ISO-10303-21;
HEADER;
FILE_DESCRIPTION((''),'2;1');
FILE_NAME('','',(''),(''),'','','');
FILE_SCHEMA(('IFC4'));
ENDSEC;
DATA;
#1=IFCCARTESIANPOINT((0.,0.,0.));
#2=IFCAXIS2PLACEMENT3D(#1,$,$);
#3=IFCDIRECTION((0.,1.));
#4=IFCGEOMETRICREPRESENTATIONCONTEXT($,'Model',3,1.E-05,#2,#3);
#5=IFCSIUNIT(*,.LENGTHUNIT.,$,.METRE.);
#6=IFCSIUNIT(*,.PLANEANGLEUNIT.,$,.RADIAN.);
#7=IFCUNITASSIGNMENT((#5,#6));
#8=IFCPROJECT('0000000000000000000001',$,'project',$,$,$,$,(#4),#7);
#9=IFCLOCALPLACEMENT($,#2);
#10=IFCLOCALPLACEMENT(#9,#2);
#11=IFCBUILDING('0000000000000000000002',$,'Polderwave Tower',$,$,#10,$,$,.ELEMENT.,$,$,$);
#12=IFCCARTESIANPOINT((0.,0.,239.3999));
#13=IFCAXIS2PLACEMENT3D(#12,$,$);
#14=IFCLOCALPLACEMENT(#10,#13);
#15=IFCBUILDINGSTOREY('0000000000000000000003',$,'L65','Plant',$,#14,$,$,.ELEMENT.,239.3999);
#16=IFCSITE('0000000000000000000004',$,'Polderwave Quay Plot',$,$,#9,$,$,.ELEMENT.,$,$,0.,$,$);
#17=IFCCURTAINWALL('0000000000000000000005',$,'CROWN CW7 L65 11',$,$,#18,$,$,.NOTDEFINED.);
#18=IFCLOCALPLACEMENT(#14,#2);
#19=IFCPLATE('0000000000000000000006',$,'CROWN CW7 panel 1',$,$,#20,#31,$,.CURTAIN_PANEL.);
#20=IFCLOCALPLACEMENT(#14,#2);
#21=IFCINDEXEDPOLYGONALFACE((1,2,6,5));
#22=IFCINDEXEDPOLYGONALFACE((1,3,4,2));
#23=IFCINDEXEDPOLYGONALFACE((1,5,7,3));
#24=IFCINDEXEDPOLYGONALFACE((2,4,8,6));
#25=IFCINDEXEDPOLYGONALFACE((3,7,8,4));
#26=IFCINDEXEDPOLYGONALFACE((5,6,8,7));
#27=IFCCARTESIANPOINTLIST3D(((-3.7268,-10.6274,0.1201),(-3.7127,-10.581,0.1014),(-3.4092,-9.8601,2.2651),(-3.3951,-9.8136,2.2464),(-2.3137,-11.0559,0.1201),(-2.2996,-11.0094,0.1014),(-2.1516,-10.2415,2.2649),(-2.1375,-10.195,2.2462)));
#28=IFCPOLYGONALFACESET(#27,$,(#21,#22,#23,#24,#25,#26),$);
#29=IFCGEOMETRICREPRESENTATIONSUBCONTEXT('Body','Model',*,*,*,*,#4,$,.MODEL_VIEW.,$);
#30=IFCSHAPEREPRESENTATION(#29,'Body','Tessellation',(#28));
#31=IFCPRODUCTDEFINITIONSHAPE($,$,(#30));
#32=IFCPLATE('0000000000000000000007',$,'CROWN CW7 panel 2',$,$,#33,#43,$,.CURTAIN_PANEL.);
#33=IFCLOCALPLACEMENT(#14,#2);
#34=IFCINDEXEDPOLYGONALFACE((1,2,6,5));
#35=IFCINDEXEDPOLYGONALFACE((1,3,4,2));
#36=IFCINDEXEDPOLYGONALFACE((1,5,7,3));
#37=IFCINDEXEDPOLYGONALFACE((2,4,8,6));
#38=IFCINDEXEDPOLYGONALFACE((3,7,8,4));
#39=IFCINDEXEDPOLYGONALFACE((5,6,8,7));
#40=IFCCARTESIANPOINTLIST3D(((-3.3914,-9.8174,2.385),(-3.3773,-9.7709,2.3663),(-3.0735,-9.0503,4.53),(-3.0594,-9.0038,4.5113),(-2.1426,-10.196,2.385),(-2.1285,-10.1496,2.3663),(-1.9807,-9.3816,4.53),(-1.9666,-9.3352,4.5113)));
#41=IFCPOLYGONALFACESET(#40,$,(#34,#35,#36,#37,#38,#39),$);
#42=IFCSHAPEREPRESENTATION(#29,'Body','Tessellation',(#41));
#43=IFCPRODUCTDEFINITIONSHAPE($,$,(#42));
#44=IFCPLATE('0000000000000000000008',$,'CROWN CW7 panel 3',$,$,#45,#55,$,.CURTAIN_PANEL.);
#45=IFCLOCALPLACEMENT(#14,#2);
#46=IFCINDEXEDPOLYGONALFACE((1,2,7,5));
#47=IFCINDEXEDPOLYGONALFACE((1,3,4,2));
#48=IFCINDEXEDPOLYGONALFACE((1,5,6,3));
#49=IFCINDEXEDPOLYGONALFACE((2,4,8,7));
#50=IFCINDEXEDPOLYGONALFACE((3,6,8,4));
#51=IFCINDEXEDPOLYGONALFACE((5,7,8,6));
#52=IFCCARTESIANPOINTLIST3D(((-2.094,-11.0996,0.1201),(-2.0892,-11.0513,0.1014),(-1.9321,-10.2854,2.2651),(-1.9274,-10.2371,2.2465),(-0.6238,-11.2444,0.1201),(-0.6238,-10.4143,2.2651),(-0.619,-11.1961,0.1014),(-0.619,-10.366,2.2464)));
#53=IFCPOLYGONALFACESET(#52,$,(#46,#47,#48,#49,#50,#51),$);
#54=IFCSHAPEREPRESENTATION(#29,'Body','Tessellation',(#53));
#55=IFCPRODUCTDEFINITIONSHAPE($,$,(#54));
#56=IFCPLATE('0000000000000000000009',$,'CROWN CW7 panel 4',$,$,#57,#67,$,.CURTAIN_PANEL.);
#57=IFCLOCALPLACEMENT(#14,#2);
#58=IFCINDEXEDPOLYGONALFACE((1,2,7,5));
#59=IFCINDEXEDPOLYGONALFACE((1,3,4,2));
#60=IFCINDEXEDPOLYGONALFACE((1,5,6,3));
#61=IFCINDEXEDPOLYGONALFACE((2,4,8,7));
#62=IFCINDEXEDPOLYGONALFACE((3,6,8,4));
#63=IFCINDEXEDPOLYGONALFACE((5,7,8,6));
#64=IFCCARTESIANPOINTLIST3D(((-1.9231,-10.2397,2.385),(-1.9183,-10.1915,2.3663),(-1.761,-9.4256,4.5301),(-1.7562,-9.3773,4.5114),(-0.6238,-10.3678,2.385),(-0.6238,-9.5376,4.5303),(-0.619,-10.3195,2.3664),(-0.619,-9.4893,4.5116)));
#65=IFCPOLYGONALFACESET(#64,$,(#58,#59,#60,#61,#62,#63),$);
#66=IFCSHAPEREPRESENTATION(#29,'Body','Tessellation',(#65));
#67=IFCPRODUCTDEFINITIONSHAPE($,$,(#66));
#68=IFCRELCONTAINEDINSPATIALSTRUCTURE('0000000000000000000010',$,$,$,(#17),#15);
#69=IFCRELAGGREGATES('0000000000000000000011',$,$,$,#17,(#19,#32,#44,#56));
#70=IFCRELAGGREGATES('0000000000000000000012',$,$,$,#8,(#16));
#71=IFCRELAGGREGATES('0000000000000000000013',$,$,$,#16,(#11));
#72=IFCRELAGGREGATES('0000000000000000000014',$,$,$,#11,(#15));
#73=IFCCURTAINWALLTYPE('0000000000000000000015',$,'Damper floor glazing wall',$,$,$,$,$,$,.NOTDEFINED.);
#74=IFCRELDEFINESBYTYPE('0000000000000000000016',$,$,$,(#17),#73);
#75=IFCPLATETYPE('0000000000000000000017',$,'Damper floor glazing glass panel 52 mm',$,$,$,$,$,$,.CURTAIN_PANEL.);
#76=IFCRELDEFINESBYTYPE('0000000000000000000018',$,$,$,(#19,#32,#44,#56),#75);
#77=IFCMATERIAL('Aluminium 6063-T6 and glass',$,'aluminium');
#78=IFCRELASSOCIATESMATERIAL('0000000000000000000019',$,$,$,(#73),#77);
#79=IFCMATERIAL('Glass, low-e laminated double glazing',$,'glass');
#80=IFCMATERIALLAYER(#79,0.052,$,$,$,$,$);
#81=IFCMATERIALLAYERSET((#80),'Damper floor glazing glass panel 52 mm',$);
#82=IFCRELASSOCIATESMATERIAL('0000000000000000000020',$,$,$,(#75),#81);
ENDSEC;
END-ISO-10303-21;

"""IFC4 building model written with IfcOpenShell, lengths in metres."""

from ifc_helpers import new_model, si_unit, direction, frame, origin, place, context, subcontext, project, spatial, polyline, outline, extrude, material, layer, layer_set, type_object, element, aggregate, save


model = new_model("IFC4")

# Units and contexts
model_context = context("Model", 3, precision=1e-05, world=origin(), true_north=direction((0.0, 1.0)))
body_context = subcontext(model_context, "Body", "Model", "MODEL_VIEW")
ifc_project = project(units=[si_unit("LENGTHUNIT", "METRE"), si_unit("PLANEANGLEUNIT", "RADIAN")], contexts=[model_context])

# Site, building, storey
site_placement = place(None, origin())
site = spatial("IfcSite", under=ifc_project, at=site_placement, Name="Polderwave Quay Plot", CompositionType="ELEMENT", RefElevation=0.0)
building_placement = place(site_placement, origin())
building = spatial("IfcBuilding", under=site, at=building_placement, Name="Polderwave Tower", CompositionType="ELEMENT")
storey_placement = place(building_placement, frame((0.0, 0.0, 239.3999)))
storey = spatial("IfcBuildingStorey", under=building, at=storey_placement, Name="L65", Description="Plant", CompositionType="ELEMENT", Elevation=239.3999)

# Curtain wall
ifc_material_1 = material(Name="Aluminium 6063-T6 and glass", Category="aluminium")
curtain_wall_type = type_object("IfcCurtainWallType", Name="Damper floor glazing wall", PredefinedType="NOTDEFINED", material=ifc_material_1)
curtain_wall_placement = place(storey_placement, origin())
curtain_wall = element("IfcCurtainWall", 1, at=curtain_wall_placement, inside=storey, type_object=curtain_wall_type, Name="CROWN CW7 L65 11", PredefinedType="NOTDEFINED")

# Plates
ifc_material_2 = material(Name="Glass, low-e laminated double glazing", Category="glass")
ifc_layer = layer(ifc_material_2, 0.052)
ifc_layer_set = layer_set([ifc_layer], Name="Damper floor glazing glass panel 52 mm")
plate_type = type_object("IfcPlateType", Name="Damper floor glazing glass panel 52 mm", PredefinedType="CURTAIN_PANEL", material=ifc_layer_set)
plate_1_placement = place(storey_placement, frame((-3.7268, -10.6274, 0.1201), z_axis=(-0.270744, -0.892984, 0.35955), x_axis=(0.956981, -0.29015, -0.000007)))
plate_1 = element("IfcPlate", 2, at=plate_1_placement, type_object=plate_type, Name="CROWN CW7 panel 1", PredefinedType="CURTAIN_PANEL", context=body_context, shape_type="SweptSolid", body=[
    extrude(outline(polyline([(0.0, 0.0), (1.4766, 0.0), (1.3954, 2.2985), (0.0813, 2.2987), (0.0, 0.0)])), origin(), (0.0, 0.0, -1.0), 0.052),
])
plate_2_placement = place(storey_placement, frame((-3.3914, -9.8174, 2.385), z_axis=(-0.27076, -0.893005, 0.359488), x_axis=(0.956978, -0.29016, -0.000008)))
plate_2 = element("IfcPlate", 3, at=plate_2_placement, type_object=plate_type, Name="CROWN CW7 panel 2", PredefinedType="CURTAIN_PANEL", context=body_context, shape_type="SweptSolid", body=[
    extrude(outline(polyline([(0.0, 0.0), (1.3049, 0.0), (1.2235, 2.2987), (0.0816, 2.2987), (0.0, 0.0)])), origin(), (0.0, 0.0, -1.0), 0.052),
])
plate_3_placement = place(storey_placement, frame((-2.094, -11.0996, 0.1201), z_axis=(-0.091474, -0.92869, 0.3594), x_axis=(0.995184, -0.09802, 0.000008)))
plate_3 = element("IfcPlate", 4, at=plate_3_placement, type_object=plate_type, Name="CROWN CW7 panel 3", PredefinedType="CURTAIN_PANEL", context=body_context, shape_type="SweptSolid", body=[
    extrude(outline(polyline([(0.0, 0.0), (1.4773, 0.0), (1.396, 2.2986), (0.0813, 2.2986), (0.0, 0.0)])), origin(), (0.0, 0.0, -1.0), 0.052),
])
plate_4_placement = place(storey_placement, frame((-1.9231, -10.2397, 2.385), z_axis=(-0.091509, -0.928691, 0.359386), x_axis=(0.995181, -0.098051, 0.000025)))
plate_4 = element("IfcPlate", 5, at=plate_4_placement, type_object=plate_type, Name="CROWN CW7 panel 4", PredefinedType="CURTAIN_PANEL", context=body_context, shape_type="SweptSolid", body=[
    extrude(outline(polyline([(0.0, 0.0), (1.3056, 0.0), (1.2243, 2.2988), (0.0815, 2.2986), (0.0, 0.0)])), origin(), (0.0, 0.0, -1.0), 0.052),
])
aggregate(curtain_wall, [plate_1, plate_2, plate_3, plate_4])

save(model, "model.ifc")
